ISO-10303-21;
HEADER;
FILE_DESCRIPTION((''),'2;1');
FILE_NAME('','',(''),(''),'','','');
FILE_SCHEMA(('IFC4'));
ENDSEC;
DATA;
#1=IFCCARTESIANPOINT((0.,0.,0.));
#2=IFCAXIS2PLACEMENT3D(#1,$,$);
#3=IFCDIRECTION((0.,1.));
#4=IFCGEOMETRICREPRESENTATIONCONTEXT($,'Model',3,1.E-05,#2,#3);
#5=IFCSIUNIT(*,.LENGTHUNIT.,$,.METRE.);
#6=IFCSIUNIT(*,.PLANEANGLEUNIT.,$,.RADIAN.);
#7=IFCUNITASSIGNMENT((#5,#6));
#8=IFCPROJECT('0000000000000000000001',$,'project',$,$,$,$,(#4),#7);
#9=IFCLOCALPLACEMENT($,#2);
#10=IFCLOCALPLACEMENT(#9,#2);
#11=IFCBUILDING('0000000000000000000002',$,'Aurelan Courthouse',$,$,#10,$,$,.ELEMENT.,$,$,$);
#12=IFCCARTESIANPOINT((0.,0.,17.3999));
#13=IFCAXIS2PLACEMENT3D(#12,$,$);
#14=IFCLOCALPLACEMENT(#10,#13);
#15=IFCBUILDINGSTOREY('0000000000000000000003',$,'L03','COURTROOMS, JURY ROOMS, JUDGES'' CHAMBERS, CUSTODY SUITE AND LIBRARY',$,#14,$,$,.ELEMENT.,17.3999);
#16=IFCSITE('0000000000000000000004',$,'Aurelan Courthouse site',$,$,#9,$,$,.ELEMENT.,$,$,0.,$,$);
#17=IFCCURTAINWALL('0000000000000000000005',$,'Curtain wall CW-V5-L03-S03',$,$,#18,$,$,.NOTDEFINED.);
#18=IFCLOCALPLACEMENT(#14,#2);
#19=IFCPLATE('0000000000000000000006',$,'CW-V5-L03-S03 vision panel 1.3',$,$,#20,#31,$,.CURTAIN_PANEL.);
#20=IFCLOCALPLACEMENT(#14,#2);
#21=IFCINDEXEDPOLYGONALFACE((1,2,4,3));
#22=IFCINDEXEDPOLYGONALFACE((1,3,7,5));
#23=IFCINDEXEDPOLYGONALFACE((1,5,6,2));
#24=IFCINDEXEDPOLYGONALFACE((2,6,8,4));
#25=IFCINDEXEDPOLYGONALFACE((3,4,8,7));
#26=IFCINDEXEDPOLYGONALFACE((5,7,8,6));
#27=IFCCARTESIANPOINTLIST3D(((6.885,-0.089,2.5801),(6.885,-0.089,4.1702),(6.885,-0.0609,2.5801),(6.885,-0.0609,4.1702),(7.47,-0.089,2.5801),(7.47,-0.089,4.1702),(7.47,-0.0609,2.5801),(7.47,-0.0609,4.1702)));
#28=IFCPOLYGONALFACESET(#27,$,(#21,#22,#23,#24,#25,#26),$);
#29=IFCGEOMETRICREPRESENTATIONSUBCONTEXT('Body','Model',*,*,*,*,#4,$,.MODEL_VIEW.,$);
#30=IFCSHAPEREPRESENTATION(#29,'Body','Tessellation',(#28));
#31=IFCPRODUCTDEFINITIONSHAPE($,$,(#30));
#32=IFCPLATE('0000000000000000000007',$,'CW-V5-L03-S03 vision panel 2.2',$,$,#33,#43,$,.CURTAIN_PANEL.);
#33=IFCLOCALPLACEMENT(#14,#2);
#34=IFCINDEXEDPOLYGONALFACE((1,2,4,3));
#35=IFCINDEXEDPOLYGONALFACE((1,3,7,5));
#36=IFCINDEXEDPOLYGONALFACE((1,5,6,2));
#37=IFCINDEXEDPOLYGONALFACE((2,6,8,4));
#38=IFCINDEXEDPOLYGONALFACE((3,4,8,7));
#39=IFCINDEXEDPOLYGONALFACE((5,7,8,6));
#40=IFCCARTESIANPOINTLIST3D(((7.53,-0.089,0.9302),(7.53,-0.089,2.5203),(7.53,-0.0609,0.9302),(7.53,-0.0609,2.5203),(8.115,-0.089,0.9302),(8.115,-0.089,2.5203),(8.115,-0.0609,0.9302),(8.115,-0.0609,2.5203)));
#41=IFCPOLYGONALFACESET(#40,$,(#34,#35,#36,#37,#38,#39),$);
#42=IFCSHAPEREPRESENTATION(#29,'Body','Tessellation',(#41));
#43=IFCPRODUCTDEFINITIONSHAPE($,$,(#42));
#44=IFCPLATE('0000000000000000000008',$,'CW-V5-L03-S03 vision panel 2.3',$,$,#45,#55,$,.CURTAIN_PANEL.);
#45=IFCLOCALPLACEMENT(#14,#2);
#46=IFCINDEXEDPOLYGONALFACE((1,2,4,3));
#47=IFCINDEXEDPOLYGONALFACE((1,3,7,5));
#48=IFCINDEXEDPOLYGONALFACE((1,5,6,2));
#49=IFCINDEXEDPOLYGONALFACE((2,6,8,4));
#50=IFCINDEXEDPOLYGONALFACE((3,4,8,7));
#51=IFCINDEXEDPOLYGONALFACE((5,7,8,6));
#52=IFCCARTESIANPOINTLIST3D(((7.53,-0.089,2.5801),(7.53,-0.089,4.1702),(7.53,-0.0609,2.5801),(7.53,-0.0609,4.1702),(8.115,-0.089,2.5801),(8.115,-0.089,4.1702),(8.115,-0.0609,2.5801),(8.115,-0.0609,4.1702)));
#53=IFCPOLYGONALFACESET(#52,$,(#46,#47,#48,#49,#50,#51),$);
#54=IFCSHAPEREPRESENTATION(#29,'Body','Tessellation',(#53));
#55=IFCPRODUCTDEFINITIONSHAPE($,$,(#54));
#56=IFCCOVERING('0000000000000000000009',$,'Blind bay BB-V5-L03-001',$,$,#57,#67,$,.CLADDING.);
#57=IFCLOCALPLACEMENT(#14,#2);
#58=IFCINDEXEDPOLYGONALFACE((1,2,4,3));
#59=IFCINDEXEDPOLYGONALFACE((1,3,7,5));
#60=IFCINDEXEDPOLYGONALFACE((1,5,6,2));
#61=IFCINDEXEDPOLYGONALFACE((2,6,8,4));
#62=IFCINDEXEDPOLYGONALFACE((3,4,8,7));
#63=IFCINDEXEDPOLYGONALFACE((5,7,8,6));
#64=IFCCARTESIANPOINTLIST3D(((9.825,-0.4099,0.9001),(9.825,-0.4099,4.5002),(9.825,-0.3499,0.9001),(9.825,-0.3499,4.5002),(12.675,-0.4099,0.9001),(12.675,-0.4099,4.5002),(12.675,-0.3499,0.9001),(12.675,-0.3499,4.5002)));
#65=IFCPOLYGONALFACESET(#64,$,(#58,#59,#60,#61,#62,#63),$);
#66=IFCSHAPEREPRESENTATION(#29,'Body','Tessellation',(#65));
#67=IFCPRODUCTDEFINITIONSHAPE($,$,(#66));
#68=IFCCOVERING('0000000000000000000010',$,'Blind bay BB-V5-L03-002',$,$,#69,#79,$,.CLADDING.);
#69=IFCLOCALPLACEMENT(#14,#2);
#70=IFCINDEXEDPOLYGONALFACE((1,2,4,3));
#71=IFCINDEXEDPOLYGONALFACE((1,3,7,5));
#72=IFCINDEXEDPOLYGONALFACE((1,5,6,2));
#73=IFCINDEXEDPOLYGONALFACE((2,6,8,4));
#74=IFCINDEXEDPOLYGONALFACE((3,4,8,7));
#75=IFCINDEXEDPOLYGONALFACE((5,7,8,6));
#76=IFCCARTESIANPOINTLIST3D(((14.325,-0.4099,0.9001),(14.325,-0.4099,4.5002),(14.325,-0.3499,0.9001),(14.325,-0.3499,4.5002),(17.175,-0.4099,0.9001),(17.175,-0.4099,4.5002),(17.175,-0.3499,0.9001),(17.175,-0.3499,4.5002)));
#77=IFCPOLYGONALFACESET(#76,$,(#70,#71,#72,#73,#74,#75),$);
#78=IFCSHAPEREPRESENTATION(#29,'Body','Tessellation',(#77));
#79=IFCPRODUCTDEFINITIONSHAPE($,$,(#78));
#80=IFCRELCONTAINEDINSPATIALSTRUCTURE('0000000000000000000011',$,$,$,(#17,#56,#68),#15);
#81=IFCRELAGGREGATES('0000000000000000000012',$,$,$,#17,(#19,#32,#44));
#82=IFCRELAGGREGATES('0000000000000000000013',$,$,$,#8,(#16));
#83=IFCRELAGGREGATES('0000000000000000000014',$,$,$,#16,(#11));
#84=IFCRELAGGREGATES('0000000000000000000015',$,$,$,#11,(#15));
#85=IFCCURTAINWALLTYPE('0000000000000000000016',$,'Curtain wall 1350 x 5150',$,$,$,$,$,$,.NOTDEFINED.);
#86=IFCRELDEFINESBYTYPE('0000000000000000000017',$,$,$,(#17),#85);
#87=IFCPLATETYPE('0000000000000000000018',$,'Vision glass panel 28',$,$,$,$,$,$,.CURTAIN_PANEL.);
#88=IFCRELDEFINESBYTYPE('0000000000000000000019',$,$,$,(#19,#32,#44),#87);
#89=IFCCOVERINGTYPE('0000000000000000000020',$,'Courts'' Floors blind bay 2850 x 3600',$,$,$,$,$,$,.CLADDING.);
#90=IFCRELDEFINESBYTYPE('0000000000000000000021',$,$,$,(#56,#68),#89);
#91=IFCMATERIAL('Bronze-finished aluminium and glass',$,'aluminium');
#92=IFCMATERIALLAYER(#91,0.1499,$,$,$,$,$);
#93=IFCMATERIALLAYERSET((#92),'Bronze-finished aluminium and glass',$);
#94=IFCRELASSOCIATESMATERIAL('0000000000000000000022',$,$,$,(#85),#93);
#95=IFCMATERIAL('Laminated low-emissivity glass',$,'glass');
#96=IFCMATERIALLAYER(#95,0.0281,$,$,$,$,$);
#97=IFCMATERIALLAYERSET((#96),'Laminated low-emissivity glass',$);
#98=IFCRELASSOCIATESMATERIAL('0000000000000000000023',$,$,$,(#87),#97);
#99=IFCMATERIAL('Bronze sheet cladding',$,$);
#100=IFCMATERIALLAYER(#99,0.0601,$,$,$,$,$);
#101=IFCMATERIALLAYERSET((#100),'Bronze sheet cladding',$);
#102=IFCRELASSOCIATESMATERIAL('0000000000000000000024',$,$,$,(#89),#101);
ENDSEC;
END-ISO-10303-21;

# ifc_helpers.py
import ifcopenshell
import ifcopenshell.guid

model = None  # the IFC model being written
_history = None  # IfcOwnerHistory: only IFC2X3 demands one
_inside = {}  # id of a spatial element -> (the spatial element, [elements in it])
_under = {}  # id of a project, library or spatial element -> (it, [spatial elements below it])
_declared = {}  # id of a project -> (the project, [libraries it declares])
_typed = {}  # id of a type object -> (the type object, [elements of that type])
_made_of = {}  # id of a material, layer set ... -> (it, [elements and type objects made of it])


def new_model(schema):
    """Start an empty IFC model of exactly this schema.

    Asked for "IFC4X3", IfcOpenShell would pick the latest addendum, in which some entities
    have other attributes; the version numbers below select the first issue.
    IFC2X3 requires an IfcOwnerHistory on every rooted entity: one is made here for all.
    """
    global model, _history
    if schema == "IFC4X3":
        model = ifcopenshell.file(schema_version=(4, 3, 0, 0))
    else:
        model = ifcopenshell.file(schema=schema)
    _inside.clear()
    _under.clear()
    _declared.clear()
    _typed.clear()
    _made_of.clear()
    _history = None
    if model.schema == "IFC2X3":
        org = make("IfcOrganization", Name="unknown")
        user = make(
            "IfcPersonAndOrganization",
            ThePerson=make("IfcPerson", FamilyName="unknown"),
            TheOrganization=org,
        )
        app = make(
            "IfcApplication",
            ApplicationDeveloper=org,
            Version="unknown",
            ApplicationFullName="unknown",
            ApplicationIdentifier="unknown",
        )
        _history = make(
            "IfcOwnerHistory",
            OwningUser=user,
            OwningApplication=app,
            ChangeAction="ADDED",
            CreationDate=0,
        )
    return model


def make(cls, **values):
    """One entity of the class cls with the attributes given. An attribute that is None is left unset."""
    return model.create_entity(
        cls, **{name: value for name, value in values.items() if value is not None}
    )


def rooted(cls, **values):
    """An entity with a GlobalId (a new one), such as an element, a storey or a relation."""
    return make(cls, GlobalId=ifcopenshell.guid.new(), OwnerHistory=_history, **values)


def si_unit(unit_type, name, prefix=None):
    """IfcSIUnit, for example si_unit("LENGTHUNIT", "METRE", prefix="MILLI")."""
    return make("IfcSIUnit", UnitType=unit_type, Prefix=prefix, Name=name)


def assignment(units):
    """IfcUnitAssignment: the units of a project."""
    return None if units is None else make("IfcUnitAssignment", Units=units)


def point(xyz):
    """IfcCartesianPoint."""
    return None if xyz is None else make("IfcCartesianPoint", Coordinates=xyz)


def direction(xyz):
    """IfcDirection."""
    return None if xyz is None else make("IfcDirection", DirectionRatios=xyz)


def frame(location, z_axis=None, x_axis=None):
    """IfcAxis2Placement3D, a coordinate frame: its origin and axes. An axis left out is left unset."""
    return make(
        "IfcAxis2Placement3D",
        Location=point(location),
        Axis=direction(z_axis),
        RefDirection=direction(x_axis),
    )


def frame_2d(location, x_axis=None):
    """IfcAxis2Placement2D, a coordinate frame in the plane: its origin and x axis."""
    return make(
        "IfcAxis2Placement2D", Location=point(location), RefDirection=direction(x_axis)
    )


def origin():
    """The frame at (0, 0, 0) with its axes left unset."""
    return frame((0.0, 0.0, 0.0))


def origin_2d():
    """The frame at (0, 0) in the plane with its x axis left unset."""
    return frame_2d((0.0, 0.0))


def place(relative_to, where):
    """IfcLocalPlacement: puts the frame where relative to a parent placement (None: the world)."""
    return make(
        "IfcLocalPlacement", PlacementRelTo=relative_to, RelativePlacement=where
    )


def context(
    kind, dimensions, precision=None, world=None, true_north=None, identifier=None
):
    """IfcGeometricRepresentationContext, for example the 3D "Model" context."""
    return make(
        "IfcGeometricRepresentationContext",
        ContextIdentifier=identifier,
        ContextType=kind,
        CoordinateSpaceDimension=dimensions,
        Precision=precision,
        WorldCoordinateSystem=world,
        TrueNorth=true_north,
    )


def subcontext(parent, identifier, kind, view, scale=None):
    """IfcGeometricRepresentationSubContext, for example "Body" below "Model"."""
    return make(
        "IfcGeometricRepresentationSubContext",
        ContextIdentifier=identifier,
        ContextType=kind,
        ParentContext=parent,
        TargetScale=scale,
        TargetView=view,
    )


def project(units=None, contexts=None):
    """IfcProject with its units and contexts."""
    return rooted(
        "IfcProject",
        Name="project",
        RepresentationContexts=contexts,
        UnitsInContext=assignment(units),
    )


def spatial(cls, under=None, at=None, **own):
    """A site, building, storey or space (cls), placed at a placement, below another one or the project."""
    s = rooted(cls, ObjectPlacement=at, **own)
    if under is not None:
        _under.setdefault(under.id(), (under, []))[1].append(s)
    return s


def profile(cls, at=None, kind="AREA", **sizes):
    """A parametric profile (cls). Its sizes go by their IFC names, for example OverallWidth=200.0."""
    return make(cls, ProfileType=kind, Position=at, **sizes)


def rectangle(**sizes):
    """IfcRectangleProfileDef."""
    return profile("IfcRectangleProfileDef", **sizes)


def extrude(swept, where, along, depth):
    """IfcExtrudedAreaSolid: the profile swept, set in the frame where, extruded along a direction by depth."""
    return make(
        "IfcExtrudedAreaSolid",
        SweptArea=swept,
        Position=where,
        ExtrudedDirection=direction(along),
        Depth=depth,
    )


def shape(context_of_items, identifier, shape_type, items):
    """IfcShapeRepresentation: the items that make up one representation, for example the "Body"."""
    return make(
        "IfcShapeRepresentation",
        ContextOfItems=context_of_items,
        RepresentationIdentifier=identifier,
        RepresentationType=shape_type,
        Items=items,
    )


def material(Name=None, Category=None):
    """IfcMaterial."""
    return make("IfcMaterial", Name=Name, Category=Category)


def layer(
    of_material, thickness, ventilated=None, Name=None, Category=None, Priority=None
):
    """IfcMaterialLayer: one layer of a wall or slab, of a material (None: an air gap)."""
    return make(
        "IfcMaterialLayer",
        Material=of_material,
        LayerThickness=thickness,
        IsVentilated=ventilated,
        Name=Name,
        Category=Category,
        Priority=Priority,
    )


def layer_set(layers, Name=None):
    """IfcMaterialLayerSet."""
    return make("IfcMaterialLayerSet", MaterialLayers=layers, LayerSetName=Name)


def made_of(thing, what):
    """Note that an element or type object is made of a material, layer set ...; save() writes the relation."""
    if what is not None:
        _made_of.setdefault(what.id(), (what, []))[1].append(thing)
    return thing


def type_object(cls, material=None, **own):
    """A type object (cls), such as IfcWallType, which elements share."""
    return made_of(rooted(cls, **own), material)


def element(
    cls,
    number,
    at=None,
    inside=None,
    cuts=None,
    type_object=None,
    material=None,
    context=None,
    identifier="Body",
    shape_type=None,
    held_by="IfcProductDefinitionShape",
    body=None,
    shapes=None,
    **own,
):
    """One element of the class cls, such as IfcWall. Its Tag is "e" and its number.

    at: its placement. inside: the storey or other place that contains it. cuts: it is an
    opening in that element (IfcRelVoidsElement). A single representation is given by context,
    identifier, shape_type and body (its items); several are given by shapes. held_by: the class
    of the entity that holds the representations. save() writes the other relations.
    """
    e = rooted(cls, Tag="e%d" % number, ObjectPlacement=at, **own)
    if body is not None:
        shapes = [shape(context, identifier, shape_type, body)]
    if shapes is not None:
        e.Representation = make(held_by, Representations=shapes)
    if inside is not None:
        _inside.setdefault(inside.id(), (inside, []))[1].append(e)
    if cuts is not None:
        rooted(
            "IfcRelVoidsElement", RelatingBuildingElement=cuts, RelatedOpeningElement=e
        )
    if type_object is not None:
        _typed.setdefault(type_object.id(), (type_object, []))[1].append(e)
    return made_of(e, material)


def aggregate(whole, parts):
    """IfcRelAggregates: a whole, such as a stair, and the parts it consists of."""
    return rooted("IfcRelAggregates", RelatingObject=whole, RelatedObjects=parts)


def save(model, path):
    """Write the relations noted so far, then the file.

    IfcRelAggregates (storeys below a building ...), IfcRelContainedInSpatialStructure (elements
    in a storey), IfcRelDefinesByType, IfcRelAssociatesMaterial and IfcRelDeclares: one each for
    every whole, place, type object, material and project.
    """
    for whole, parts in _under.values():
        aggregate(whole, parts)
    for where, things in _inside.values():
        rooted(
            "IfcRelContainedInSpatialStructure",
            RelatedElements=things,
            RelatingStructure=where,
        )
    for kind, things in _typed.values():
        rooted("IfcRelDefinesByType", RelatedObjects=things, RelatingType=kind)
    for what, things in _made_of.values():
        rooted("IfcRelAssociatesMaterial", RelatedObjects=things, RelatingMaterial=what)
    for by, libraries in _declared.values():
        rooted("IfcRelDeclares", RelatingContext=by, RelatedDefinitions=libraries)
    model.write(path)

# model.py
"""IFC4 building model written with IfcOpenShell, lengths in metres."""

from ifc_helpers import new_model, si_unit, direction, frame, origin, origin_2d, place, context, subcontext, project, spatial, rectangle, extrude, material, layer, layer_set, type_object, element, aggregate, save


model = new_model("IFC4")

# Units and contexts
model_context = context("Model", 3, precision=1e-05, world=origin(), true_north=direction((0.0, 1.0)))
body_context = subcontext(model_context, "Body", "Model", "MODEL_VIEW")
ifc_project = project(units=[si_unit("LENGTHUNIT", "METRE"), si_unit("PLANEANGLEUNIT", "RADIAN")], contexts=[model_context])

# Site, building, storey
site_placement = place(None, origin())
site = spatial("IfcSite", under=ifc_project, at=site_placement, Name="Aurelan Courthouse site", CompositionType="ELEMENT", RefElevation=0.0)
building_placement = place(site_placement, origin())
building = spatial("IfcBuilding", under=site, at=building_placement, Name="Aurelan Courthouse", CompositionType="ELEMENT")
storey_placement = place(building_placement, frame((0.0, 0.0, 17.3999)))
storey = spatial("IfcBuildingStorey", under=building, at=storey_placement, Name="L03", Description="COURTROOMS, JURY ROOMS, JUDGES' CHAMBERS, CUSTODY SUITE AND LIBRARY", CompositionType="ELEMENT", Elevation=17.3999)

# Curtain wall
ifc_material_1 = material(Name="Bronze-finished aluminium and glass", Category="aluminium")
ifc_layer_1 = layer(ifc_material_1, 0.1499)
ifc_layer_set_1 = layer_set([ifc_layer_1], Name="Bronze-finished aluminium and glass")
curtain_wall_type = type_object("IfcCurtainWallType", Name="Curtain wall 1350 x 5150", PredefinedType="NOTDEFINED", material=ifc_layer_set_1)
curtain_wall_1_placement = place(storey_placement, origin())
curtain_wall_1 = element("IfcCurtainWall", 1, at=curtain_wall_1_placement, inside=storey, type_object=curtain_wall_type, Name="Curtain wall CW-V5-L03-S03", PredefinedType="NOTDEFINED")

# Plates
ifc_material_2 = material(Name="Laminated low-emissivity glass", Category="glass")
ifc_layer_2 = layer(ifc_material_2, 0.0281)
ifc_layer_set_2 = layer_set([ifc_layer_2], Name="Laminated low-emissivity glass")
plate_type_1 = type_object("IfcPlateType", Name="Vision glass panel 28", PredefinedType="CURTAIN_PANEL", material=ifc_layer_set_2)
plate_1_placement = place(storey_placement, frame((7.1775, -0.075, 2.5801), z_axis=(0.0, 0.0, 1.0), x_axis=(1.0, 0.0, 0.0)))
plate_1 = element("IfcPlate", 2, at=plate_1_placement, type_object=plate_type_1, Name="CW-V5-L03-S03 vision panel 1.3", PredefinedType="CURTAIN_PANEL", context=body_context, shape_type="SweptSolid", body=[
    extrude(rectangle(XDim=0.585, YDim=0.0281, at=origin_2d()), origin(), (0.0, 0.0, 1.0), 1.5901),
])
plate_2_placement = place(storey_placement, frame((7.8225, -0.075, 0.9302), z_axis=(0.0, 0.0, 1.0), x_axis=(1.0, 0.0, 0.0)))
plate_2 = element("IfcPlate", 3, at=plate_2_placement, type_object=plate_type_1, Name="CW-V5-L03-S03 vision panel 2.2", PredefinedType="CURTAIN_PANEL", context=body_context, shape_type="SweptSolid", body=[
    extrude(rectangle(XDim=0.585, YDim=0.0281, at=origin_2d()), origin(), (0.0, 0.0, 1.0), 1.5901),
])
plate_3_placement = place(storey_placement, frame((7.8225, -0.075, 2.5801), z_axis=(0.0, 0.0, 1.0), x_axis=(1.0, 0.0, 0.0)))
plate_3 = element("IfcPlate", 4, at=plate_3_placement, type_object=plate_type_1, Name="CW-V5-L03-S03 vision panel 2.3", PredefinedType="CURTAIN_PANEL", context=body_context, shape_type="SweptSolid", body=[
    extrude(rectangle(XDim=0.585, YDim=0.0281, at=origin_2d()), origin(), (0.0, 0.0, 1.0), 1.5901),
])
aggregate(curtain_wall_1, [plate_1, plate_2, plate_3])

# Coverings
ifc_material_3 = material(Name="Bronze sheet cladding")
ifc_layer_3 = layer(ifc_material_3, 0.0601)
ifc_layer_set_3 = layer_set([ifc_layer_3], Name="Bronze sheet cladding")
covering_type = type_object("IfcCoveringType", Name="Courts' Floors blind bay 2850 x 3600", PredefinedType="CLADDING", material=ifc_layer_set_3)
for number, where, z_axis, x_axis, name in (
    (5, (11.25, -0.3799, 0.9001), (0.0, 0.0, 1.0), (1.0, 0.0, 0.0), "Blind bay BB-V5-L03-001"),
    (6, (15.75, -0.3799, 0.9001), (0.0, 0.0, 1.0), (1.0, 0.0, 0.0), "Blind bay BB-V5-L03-002"),
):
    element("IfcCovering", number, at=place(storey_placement, frame(where, z_axis=z_axis, x_axis=x_axis)), inside=storey, type_object=covering_type, Name=name, PredefinedType="CLADDING", context=body_context, shape_type="SweptSolid", body=[
        extrude(rectangle(XDim=2.8501, YDim=0.0601, at=origin_2d()), origin(), (0.0, 0.0, 1.0), 3.6001),
    ])

save(model, "model.ifc")
